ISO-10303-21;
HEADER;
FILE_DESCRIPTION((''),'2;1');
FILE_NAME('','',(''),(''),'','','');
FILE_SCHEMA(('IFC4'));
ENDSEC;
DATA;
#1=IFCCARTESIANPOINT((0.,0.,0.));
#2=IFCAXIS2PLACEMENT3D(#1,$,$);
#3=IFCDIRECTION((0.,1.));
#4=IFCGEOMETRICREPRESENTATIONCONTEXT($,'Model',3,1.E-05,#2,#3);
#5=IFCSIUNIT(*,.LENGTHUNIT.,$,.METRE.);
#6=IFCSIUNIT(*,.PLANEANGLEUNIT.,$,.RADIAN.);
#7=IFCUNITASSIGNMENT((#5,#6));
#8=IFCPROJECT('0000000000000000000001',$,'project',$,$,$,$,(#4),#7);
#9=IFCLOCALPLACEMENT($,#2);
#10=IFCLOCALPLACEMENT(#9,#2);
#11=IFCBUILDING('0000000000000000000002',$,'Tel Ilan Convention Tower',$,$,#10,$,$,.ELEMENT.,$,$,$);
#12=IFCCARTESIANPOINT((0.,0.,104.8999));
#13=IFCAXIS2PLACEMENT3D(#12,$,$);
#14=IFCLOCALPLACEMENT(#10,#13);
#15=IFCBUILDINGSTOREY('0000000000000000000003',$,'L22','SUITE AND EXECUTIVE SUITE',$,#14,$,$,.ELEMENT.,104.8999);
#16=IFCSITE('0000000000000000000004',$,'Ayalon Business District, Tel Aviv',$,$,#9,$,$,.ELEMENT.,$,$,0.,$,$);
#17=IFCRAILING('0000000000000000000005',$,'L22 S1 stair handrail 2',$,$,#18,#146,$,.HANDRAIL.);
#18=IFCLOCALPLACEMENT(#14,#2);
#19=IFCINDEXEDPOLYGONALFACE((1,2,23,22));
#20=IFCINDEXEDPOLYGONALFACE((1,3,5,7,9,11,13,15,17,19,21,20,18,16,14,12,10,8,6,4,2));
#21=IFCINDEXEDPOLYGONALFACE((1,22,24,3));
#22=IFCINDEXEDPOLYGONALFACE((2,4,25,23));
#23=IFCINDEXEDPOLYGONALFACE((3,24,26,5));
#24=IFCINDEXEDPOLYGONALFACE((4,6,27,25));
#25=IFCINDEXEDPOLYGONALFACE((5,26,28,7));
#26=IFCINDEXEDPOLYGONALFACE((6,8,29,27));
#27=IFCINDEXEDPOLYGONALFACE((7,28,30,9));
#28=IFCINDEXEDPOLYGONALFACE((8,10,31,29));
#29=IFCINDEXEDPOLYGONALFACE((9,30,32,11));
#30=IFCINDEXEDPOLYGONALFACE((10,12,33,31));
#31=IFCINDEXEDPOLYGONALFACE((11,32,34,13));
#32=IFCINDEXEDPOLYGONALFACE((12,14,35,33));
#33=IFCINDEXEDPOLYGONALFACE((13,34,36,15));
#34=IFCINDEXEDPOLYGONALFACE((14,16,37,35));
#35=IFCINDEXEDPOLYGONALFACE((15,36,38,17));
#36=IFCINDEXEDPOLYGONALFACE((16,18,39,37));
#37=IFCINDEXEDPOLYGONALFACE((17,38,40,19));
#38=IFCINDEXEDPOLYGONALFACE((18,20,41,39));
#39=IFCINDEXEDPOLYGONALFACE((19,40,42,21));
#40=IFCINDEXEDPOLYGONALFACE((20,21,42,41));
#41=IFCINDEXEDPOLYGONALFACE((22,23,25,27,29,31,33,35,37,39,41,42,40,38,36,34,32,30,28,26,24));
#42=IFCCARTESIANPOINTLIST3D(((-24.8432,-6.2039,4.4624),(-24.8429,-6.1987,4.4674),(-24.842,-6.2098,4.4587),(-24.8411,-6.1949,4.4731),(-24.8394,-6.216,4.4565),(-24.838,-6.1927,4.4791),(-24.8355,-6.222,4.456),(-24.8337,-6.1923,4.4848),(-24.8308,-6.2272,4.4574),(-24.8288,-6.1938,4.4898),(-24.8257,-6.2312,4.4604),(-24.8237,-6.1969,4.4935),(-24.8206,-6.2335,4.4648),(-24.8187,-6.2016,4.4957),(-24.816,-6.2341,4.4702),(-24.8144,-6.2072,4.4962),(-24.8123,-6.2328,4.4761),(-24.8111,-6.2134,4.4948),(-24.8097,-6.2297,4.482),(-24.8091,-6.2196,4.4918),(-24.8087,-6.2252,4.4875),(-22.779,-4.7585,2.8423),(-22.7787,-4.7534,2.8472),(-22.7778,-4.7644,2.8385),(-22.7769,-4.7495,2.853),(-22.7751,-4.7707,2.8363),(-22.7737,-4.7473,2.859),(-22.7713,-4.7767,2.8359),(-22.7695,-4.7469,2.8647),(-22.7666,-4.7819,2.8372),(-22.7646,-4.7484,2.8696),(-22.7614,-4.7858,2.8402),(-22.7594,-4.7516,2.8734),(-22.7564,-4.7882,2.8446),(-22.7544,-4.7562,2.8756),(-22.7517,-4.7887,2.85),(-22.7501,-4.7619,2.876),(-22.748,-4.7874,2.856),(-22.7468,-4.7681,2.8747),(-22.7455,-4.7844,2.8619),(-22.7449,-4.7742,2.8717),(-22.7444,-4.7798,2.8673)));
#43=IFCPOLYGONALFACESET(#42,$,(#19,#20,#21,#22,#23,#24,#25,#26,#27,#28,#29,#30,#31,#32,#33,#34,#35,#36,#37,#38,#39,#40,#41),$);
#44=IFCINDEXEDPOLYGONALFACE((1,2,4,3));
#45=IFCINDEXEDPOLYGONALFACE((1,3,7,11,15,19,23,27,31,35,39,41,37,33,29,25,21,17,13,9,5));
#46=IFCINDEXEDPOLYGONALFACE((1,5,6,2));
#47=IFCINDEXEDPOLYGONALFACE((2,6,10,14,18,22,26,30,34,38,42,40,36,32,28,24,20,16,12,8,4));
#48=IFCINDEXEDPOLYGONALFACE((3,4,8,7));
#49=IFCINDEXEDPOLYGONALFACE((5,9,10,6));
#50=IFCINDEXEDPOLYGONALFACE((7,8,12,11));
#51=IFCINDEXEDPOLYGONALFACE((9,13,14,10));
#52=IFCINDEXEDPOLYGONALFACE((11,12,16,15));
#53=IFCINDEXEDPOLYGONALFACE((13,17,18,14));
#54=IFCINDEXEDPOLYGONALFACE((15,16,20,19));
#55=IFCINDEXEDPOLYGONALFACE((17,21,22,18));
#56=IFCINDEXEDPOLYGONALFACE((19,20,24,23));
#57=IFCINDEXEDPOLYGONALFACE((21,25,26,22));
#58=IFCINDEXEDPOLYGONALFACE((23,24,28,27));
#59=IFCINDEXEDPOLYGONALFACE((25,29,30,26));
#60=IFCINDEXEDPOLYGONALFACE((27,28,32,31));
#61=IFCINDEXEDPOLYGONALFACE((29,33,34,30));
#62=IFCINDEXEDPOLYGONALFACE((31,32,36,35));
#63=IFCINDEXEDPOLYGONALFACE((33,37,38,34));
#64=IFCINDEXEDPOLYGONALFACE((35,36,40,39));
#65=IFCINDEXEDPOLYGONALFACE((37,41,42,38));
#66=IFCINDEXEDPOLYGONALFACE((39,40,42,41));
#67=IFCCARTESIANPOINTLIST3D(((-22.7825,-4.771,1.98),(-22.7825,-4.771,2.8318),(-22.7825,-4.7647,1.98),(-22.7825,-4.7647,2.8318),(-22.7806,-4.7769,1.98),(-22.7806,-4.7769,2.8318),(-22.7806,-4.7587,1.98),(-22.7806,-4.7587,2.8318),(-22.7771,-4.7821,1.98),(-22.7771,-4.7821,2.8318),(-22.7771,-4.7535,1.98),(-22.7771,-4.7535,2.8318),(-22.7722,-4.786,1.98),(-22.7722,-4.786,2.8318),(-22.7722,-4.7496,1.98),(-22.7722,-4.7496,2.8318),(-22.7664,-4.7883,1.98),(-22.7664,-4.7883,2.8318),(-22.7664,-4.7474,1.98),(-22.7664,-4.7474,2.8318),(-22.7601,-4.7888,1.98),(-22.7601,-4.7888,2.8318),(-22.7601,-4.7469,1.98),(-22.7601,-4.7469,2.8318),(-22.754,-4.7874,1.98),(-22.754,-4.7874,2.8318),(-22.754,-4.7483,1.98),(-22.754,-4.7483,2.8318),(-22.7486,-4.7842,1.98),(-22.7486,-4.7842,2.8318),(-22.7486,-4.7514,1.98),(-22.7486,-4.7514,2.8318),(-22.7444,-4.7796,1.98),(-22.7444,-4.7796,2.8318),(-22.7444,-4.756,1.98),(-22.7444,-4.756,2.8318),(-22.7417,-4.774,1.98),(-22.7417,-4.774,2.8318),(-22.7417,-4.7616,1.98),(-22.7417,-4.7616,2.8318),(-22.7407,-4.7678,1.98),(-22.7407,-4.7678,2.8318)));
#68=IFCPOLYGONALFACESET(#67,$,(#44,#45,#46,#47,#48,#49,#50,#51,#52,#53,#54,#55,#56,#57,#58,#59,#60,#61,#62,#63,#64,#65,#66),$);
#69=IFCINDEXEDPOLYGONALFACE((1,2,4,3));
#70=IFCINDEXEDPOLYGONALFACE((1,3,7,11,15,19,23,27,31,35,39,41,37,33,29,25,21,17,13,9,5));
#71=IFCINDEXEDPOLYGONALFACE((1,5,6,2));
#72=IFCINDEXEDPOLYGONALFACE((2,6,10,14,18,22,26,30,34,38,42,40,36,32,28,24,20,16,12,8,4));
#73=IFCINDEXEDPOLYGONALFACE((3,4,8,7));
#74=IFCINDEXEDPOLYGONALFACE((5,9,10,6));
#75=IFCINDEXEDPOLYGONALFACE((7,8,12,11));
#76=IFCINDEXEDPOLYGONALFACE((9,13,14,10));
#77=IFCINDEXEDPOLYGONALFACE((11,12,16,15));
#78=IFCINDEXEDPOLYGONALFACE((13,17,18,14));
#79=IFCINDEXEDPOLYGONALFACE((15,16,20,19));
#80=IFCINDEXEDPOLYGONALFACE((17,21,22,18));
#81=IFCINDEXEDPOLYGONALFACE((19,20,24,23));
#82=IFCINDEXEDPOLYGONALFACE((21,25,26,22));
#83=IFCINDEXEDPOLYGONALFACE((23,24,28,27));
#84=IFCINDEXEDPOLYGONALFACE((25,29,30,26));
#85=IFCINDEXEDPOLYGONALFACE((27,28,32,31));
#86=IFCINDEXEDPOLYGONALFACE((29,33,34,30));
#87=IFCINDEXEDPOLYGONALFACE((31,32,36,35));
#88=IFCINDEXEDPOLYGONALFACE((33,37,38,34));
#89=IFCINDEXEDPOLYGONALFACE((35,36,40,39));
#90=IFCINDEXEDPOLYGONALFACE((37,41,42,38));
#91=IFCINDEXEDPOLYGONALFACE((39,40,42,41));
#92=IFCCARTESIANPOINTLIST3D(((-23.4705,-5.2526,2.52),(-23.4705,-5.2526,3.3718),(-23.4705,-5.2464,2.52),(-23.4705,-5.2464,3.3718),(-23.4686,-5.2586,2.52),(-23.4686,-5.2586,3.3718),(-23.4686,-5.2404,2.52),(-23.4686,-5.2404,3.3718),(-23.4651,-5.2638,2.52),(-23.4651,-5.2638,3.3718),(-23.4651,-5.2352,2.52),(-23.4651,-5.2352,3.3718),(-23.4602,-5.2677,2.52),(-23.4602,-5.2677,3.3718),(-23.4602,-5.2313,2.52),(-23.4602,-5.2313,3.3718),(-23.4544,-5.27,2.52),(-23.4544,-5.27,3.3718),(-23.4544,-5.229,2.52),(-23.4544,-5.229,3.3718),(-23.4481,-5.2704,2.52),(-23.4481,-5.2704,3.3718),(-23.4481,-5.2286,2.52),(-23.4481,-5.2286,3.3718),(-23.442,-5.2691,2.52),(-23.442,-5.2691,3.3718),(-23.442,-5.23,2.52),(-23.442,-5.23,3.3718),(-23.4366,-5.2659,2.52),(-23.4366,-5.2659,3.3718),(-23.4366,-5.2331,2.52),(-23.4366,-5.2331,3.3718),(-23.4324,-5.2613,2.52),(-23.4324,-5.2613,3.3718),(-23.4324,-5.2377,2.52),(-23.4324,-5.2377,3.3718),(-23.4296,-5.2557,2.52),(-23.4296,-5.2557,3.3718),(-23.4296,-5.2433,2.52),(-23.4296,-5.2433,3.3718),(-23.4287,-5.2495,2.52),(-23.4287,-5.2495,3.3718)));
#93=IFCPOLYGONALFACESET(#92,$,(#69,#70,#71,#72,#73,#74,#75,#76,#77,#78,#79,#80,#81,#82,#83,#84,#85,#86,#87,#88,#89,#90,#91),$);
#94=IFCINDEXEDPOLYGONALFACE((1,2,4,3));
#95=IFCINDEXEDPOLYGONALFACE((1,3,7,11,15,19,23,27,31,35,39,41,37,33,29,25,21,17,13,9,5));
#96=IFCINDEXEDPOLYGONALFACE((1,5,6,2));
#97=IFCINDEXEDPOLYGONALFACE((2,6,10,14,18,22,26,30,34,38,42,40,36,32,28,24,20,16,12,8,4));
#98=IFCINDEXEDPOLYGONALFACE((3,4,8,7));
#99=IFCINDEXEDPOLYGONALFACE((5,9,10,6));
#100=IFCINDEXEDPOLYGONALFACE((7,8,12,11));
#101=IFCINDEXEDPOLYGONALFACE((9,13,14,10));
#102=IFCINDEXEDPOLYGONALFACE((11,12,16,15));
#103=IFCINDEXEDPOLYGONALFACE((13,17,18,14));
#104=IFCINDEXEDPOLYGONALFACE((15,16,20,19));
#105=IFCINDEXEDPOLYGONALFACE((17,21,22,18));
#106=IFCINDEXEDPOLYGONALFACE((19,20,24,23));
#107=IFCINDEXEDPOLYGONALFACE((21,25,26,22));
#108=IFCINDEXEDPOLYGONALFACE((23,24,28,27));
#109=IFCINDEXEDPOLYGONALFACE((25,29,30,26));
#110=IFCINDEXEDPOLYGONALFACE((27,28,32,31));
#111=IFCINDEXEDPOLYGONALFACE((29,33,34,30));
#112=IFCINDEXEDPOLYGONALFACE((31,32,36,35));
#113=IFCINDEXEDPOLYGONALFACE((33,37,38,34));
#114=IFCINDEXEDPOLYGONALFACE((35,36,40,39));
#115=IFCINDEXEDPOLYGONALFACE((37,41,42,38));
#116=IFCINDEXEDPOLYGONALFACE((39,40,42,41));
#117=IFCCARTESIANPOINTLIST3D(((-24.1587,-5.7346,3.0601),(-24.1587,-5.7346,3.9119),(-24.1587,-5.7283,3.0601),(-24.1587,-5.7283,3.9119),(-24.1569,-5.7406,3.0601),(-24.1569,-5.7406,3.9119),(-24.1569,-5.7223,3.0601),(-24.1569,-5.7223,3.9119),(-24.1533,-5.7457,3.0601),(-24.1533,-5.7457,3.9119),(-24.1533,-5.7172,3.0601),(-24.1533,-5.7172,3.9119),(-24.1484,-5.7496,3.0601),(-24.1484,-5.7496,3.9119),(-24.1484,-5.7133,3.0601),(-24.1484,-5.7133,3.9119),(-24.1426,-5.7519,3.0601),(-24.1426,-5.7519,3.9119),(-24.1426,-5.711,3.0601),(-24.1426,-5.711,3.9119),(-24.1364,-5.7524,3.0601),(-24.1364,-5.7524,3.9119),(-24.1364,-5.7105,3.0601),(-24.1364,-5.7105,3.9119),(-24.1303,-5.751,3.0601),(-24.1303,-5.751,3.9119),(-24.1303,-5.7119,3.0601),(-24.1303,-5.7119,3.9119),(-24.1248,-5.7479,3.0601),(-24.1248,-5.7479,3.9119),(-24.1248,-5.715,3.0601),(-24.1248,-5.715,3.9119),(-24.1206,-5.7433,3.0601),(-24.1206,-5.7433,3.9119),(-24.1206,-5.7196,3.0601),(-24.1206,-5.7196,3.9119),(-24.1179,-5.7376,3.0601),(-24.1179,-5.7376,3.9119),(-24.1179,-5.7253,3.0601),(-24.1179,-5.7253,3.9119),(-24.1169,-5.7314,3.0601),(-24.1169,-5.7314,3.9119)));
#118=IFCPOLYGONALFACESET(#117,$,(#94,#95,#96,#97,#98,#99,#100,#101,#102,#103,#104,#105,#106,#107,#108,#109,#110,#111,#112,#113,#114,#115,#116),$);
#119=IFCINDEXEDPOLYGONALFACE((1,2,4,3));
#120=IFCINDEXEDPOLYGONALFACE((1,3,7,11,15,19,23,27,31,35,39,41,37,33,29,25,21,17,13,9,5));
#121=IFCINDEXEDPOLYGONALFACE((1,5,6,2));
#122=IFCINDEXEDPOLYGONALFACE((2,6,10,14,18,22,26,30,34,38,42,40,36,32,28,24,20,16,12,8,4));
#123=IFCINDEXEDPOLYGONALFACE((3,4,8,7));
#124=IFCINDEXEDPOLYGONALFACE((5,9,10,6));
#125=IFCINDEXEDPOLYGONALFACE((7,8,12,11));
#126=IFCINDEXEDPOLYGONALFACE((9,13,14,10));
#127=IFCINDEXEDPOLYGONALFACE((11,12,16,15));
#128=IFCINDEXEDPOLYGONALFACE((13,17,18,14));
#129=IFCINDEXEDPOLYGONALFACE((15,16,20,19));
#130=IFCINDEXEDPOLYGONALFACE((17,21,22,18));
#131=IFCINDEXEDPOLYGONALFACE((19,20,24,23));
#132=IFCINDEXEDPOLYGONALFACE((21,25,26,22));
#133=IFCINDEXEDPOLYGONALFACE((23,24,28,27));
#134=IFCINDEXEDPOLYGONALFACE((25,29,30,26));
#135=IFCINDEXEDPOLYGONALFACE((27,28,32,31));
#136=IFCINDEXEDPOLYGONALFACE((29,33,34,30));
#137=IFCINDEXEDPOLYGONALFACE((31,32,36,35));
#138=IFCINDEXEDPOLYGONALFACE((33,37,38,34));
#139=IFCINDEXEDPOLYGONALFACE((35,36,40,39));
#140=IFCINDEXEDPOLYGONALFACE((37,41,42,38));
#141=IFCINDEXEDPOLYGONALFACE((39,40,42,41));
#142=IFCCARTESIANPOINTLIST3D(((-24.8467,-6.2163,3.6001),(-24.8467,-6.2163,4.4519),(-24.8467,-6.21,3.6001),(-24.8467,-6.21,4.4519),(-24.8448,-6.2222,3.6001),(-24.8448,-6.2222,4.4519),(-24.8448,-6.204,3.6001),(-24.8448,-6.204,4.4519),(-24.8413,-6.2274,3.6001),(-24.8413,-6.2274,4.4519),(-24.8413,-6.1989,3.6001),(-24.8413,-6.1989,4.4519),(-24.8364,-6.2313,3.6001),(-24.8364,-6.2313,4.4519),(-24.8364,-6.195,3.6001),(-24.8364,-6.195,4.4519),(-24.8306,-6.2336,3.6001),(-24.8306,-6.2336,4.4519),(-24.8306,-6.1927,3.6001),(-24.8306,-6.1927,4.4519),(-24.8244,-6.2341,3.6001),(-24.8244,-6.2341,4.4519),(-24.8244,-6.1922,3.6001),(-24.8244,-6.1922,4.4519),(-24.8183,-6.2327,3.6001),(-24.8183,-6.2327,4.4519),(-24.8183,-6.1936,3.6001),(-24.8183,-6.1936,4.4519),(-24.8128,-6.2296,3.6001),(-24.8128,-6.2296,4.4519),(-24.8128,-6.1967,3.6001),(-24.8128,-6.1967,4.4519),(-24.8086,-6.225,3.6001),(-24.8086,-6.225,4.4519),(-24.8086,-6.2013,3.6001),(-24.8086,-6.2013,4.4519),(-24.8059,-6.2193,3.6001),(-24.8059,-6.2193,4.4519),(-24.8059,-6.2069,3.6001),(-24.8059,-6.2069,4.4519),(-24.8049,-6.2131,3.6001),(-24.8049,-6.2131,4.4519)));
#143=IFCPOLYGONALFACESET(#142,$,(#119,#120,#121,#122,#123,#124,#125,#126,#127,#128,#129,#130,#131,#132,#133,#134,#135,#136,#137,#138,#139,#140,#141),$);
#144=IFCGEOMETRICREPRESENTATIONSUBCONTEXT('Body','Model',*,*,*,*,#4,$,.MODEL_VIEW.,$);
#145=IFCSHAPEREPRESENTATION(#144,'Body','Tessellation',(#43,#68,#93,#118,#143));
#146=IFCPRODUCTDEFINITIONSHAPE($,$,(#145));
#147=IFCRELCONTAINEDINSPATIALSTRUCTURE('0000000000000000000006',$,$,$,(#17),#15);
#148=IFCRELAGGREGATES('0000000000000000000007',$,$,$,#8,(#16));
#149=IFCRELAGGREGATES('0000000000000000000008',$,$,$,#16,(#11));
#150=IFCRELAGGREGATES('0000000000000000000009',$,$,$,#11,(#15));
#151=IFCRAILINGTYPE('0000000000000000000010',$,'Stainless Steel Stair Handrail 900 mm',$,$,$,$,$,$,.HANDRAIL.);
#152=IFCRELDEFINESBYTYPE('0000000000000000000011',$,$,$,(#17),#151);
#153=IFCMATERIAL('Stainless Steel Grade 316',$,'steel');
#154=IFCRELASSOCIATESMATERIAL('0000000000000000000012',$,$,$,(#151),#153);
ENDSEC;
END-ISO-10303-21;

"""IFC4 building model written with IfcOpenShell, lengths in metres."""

from ifc_helpers import new_model, si_unit, direction, frame, origin, origin_2d, place, context, subcontext, project, spatial, circle, extrude, material, type_object, element, save


model = new_model("IFC4")

# Units and contexts
model_context = context("Model", 3, precision=1e-05, world=origin(), true_north=direction((0.0, 1.0)))
body_context = subcontext(model_context, "Body", "Model", "MODEL_VIEW")
ifc_project = project(units=[si_unit("LENGTHUNIT", "METRE"), si_unit("PLANEANGLEUNIT", "RADIAN")], contexts=[model_context])

# Site, building, storey
site_placement = place(None, origin())
site = spatial("IfcSite", under=ifc_project, at=site_placement, Name="Ayalon Business District, Tel Aviv", CompositionType="ELEMENT", RefElevation=0.0)
building_placement = place(site_placement, origin())
building = spatial("IfcBuilding", under=site, at=building_placement, Name="Tel Ilan Convention Tower", CompositionType="ELEMENT")
storey_placement = place(building_placement, frame((0.0, 0.0, 104.8999)))
storey = spatial("IfcBuildingStorey", under=building, at=storey_placement, Name="L22", Description="SUITE AND EXECUTIVE SUITE", CompositionType="ELEMENT", Elevation=104.8999)

# Railing
ifc_material_1 = material(Name="Stainless Steel Grade 316", Category="steel")
railing_type_1 = type_object("IfcRailingType", Name="Stainless Steel Stair Handrail 900 mm", PredefinedType="HANDRAIL", material=ifc_material_1)
railing_1_placement = place(storey_placement, frame((-22.7617, -4.7678, 1.98)))
element("IfcRailing", 1, at=railing_1_placement, inside=storey, type_object=railing_type_1, Name="L22 S1 stair handrail 2", PredefinedType="HANDRAIL", context=body_context, shape_type="SweptSolid", body=[
    extrude(circle(Radius=0.0239, at=origin_2d()), frame((0.0, 0.0, 0.876), z_axis=(-0.68904, -0.48245, 0.540801), x_axis=(0.57356, -0.819164, 0.0)), (0.0, 0.0, 1.0), 2.9958),
    extrude(circle(Radius=0.021, at=origin_2d()), origin(), (0.0, 0.0, 1.0), 0.8518),
    extrude(circle(Radius=0.021, at=origin_2d()), frame((-0.688, -0.4817, 0.54)), (0.0, 0.0, 1.0), 0.8518),
    extrude(circle(Radius=0.021, at=origin_2d()), frame((-1.3762, -0.9636, 1.0801)), (0.0, 0.0, 1.0), 0.8518),
    extrude(circle(Radius=0.021, at=origin_2d()), frame((-2.0642, -1.4453, 1.6201)), (0.0, 0.0, 1.0), 0.8518),
])

save(model, "model.ifc")
